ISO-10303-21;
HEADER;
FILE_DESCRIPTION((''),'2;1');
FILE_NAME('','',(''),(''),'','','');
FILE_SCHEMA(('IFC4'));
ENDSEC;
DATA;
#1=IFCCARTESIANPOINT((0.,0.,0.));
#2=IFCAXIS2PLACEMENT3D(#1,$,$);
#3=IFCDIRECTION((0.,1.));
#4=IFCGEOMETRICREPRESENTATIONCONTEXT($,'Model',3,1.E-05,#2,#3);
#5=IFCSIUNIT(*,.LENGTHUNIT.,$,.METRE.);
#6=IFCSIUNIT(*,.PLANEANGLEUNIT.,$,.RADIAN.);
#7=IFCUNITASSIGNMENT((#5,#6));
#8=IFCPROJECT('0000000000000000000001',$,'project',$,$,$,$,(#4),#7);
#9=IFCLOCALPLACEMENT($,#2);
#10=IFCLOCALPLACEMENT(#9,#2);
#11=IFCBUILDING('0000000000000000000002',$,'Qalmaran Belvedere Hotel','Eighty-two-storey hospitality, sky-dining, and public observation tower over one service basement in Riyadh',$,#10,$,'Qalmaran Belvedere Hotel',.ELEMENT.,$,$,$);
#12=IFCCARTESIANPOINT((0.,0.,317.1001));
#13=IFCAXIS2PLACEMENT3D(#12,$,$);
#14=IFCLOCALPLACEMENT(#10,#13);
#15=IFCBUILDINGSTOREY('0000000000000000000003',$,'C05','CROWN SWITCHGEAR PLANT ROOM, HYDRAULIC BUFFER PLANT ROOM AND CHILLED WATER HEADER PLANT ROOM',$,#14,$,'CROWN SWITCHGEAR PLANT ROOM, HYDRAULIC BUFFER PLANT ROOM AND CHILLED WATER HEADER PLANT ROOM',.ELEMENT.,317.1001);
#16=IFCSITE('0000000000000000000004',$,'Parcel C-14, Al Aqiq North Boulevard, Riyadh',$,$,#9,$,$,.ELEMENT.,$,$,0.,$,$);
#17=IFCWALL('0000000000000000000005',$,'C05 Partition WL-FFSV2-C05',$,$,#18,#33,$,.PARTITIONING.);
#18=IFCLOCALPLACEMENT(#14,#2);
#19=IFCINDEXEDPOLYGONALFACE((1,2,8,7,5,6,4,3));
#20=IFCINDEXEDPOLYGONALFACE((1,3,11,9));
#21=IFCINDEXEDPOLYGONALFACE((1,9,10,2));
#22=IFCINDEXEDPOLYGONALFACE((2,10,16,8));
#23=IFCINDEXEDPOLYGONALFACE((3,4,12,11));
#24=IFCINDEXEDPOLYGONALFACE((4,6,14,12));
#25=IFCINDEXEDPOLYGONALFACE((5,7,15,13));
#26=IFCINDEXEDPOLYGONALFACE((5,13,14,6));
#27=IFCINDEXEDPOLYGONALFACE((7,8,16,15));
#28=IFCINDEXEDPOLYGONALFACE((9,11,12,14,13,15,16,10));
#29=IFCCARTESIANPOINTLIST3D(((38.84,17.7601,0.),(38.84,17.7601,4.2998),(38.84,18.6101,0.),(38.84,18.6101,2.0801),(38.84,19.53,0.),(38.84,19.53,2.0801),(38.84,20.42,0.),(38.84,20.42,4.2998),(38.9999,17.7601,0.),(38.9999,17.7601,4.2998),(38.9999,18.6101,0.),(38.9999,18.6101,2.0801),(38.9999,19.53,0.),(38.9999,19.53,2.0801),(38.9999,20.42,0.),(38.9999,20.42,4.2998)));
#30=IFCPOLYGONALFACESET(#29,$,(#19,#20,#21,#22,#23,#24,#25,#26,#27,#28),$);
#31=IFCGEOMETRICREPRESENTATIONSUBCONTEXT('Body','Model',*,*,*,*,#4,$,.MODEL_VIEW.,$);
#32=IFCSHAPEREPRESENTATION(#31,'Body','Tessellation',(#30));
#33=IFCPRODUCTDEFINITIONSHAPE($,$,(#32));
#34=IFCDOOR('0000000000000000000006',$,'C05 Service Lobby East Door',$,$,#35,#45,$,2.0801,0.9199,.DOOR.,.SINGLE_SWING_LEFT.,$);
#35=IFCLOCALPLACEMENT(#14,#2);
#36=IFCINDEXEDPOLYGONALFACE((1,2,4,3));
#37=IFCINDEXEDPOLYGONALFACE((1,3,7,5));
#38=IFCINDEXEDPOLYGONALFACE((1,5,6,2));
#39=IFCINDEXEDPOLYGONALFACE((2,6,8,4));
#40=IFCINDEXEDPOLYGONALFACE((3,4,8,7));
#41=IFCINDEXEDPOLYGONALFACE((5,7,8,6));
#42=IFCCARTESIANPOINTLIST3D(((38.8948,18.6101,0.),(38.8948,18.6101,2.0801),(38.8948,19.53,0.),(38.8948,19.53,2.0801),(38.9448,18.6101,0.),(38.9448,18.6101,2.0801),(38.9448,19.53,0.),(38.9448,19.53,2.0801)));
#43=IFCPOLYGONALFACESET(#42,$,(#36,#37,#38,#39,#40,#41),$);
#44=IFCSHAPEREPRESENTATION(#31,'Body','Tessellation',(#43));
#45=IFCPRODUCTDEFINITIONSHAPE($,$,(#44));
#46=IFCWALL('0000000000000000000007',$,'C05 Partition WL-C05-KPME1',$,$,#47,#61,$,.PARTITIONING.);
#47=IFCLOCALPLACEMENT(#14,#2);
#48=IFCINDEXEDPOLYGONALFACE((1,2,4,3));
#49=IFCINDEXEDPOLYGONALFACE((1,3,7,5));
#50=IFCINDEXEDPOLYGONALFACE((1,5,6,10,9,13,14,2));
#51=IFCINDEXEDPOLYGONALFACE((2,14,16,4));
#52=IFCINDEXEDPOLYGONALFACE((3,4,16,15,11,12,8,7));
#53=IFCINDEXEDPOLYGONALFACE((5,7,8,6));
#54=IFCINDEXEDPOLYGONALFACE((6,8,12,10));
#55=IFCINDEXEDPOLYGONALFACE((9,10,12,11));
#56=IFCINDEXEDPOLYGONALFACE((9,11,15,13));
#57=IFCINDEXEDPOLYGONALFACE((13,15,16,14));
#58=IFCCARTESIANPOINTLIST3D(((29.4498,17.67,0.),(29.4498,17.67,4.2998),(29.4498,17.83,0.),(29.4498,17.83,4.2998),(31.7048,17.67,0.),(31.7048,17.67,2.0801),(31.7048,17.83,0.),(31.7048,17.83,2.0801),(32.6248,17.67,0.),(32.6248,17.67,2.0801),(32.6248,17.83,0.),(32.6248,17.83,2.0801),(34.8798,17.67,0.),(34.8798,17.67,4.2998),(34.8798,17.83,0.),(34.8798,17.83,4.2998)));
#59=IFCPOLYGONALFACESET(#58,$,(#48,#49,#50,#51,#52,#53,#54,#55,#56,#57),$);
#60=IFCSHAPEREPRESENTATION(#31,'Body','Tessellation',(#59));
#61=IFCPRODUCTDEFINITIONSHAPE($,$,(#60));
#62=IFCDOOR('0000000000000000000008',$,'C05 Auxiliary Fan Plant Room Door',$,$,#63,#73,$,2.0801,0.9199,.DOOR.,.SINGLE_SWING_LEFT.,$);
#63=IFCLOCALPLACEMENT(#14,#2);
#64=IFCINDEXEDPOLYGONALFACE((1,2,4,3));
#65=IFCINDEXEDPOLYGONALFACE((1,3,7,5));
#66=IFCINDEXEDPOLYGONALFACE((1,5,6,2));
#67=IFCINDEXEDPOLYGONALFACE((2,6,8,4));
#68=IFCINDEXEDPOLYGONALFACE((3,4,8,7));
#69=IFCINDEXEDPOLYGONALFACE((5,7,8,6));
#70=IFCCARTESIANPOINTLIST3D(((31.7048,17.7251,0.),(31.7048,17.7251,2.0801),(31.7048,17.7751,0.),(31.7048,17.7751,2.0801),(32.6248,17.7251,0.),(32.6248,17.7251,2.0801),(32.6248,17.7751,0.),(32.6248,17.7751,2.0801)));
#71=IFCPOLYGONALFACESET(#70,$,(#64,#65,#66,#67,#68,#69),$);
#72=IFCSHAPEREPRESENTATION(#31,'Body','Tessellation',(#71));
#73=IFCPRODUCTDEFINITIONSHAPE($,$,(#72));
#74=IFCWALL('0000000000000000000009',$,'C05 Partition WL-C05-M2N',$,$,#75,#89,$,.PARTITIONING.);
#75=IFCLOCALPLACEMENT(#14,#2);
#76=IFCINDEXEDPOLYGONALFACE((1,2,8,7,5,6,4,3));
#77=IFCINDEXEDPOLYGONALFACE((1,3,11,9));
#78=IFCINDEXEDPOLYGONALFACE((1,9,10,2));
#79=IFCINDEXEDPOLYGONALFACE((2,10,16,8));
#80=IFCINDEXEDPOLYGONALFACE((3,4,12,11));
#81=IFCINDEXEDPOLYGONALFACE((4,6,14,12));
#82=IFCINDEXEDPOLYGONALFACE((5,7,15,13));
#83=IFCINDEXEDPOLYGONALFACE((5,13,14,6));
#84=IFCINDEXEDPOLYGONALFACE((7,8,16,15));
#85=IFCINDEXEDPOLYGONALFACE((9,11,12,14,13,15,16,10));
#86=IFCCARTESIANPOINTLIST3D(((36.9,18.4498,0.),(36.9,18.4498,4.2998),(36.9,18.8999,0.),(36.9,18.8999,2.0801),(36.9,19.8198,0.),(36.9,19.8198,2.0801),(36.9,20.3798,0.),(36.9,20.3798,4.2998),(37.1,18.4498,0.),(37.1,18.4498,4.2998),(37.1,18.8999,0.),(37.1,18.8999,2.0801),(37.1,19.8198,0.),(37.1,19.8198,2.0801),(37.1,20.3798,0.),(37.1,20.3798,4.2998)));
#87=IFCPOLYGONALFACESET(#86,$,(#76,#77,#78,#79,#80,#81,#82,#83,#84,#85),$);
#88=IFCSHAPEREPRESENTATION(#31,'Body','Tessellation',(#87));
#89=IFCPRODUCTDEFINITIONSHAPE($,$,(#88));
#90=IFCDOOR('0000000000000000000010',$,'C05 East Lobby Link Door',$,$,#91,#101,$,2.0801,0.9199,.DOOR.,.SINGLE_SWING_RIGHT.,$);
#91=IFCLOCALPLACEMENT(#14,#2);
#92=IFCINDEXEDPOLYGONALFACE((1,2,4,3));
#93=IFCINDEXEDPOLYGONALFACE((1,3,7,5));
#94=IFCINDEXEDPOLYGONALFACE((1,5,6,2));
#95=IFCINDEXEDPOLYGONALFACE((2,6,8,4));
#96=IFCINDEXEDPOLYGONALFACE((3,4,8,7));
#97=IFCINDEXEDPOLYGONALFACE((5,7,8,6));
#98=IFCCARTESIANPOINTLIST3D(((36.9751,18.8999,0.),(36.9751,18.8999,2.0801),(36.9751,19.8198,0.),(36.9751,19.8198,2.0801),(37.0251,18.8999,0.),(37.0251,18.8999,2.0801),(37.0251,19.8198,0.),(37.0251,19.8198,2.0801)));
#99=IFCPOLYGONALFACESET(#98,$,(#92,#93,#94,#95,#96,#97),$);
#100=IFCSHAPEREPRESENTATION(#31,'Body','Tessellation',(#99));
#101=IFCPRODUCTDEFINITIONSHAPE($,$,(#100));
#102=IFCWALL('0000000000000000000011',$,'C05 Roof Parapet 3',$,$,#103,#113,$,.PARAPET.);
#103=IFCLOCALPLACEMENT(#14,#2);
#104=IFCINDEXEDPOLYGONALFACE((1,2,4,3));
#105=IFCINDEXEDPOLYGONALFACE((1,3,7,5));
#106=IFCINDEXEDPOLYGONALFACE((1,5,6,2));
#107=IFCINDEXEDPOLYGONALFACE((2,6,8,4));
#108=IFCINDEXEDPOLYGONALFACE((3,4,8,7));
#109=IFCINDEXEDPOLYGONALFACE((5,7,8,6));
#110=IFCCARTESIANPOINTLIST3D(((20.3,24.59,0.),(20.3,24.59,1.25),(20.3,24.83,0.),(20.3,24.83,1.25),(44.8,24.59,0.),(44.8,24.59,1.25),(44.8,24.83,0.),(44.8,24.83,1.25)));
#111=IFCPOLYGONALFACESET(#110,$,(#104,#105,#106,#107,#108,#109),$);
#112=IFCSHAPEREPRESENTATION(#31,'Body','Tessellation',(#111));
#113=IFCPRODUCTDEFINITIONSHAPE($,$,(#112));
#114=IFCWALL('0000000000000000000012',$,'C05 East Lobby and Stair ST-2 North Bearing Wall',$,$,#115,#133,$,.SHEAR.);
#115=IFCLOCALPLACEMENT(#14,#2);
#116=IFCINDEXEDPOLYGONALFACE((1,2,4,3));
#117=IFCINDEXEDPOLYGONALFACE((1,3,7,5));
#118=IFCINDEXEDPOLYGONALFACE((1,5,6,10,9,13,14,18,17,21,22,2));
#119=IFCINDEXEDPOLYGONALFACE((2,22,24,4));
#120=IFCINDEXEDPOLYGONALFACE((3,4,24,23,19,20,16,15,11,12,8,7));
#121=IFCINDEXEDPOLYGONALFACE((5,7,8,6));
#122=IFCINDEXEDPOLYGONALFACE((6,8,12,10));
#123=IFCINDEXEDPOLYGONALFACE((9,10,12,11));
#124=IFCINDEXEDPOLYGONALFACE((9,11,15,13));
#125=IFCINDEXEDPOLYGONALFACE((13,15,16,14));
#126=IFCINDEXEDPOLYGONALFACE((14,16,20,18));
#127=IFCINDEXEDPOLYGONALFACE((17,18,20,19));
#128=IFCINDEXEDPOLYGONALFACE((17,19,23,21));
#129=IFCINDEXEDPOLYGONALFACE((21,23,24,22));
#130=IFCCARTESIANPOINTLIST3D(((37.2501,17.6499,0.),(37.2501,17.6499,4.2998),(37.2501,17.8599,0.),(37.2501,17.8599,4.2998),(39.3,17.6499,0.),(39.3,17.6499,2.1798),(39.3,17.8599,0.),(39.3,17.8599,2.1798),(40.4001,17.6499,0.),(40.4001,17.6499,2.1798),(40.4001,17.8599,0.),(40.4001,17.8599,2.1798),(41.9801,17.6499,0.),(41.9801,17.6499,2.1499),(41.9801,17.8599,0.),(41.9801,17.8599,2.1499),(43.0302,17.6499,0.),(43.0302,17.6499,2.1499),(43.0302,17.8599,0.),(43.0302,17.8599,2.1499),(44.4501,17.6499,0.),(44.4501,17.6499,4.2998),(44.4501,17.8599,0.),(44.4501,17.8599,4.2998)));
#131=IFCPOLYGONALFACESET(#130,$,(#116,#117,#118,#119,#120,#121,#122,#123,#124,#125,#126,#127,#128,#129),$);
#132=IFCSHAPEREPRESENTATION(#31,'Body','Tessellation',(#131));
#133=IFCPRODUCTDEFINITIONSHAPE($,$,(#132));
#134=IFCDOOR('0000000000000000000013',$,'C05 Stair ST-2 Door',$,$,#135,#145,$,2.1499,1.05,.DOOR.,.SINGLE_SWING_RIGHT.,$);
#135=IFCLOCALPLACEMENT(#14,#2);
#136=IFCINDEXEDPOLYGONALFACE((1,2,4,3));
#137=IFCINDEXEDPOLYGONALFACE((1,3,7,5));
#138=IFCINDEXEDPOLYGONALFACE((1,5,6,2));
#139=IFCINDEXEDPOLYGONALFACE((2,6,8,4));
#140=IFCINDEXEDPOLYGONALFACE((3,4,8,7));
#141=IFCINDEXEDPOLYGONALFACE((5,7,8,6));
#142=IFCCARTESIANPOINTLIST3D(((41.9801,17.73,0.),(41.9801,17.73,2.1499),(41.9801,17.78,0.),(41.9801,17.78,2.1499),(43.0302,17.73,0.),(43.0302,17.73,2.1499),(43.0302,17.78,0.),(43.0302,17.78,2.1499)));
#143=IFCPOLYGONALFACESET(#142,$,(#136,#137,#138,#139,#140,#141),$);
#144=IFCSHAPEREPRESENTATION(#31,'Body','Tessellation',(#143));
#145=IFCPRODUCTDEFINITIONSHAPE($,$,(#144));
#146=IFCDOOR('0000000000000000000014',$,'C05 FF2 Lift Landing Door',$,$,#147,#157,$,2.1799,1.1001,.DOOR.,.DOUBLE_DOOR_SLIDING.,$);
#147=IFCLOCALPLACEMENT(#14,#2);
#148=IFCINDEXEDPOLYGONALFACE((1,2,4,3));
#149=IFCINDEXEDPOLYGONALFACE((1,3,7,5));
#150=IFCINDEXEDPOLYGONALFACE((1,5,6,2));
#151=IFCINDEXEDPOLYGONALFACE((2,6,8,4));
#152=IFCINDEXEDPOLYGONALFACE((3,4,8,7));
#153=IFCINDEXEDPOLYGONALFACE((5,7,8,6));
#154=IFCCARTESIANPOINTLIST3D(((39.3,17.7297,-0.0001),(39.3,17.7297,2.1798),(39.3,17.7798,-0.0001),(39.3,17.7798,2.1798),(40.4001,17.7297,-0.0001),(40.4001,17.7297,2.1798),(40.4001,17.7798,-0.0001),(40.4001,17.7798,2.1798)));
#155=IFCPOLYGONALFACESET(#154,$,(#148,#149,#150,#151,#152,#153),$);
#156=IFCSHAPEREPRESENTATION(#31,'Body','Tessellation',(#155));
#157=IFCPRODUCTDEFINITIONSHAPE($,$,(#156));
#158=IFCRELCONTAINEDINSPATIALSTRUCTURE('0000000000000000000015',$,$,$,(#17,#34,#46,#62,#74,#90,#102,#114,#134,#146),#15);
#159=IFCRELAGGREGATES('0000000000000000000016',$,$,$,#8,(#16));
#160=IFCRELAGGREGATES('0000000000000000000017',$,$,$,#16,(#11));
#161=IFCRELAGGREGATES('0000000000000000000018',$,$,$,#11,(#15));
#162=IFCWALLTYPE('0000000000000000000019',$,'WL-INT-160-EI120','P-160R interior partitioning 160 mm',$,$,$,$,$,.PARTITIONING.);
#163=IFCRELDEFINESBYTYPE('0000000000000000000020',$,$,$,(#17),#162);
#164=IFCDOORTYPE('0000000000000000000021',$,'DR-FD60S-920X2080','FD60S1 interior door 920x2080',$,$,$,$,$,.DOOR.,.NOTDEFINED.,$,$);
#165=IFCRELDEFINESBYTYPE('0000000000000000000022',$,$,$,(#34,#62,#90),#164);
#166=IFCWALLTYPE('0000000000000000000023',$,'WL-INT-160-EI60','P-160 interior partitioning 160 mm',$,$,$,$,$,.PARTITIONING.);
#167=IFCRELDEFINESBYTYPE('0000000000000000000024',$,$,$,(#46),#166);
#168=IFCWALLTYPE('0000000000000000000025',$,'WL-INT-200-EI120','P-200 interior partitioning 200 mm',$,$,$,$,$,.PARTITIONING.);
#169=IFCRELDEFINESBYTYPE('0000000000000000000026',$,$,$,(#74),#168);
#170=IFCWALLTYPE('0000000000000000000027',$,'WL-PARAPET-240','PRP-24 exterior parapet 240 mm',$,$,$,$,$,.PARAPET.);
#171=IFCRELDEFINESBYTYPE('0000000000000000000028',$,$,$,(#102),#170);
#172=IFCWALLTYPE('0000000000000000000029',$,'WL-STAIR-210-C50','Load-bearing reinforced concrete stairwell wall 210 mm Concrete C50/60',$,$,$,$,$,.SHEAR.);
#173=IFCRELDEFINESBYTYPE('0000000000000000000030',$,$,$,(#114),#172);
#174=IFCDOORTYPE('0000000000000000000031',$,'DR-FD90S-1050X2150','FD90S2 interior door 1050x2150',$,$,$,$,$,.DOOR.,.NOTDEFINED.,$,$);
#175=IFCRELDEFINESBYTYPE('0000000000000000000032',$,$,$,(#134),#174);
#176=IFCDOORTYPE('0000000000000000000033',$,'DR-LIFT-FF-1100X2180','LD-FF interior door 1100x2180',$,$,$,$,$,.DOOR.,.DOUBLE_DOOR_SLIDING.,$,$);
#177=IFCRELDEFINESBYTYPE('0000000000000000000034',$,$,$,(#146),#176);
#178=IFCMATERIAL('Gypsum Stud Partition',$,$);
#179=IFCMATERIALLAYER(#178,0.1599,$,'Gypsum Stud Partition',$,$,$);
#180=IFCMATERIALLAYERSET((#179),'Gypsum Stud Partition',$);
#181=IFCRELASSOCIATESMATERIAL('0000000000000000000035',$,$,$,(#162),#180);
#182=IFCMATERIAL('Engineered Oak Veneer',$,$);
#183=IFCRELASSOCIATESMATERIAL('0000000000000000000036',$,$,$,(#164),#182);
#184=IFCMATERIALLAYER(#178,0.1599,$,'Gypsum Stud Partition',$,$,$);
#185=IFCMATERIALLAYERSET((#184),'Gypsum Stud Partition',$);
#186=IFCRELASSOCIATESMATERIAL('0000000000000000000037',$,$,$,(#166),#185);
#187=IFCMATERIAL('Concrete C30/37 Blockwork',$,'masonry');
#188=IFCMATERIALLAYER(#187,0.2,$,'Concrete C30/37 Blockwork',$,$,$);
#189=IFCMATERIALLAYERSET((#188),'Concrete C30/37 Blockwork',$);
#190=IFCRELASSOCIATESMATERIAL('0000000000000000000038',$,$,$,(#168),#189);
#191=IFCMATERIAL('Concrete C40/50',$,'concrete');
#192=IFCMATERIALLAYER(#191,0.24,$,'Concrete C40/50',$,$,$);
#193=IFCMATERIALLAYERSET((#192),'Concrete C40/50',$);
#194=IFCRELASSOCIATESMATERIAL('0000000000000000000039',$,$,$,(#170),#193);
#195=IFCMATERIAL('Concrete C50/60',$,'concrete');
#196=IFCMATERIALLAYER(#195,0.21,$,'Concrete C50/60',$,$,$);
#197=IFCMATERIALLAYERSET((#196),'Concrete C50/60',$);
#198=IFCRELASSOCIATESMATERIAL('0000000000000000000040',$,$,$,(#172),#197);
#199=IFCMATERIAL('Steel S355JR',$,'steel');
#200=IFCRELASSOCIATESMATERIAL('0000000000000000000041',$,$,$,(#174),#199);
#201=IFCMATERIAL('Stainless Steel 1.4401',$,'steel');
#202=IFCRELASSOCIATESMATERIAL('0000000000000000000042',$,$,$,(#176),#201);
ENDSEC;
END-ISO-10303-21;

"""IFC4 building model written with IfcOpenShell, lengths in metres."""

from ifc_helpers import new_model, si_unit, direction, frame, frame_2d, origin, place, context, subcontext, project, spatial, rectangle, extrude, material, layer, layer_set, type_object, element, fill, save


model = new_model("IFC4")

# Units and contexts
model_context = context("Model", 3, precision=1e-05, world=origin(), true_north=direction((0.0, 1.0)))
body_context = subcontext(model_context, "Body", "Model", "MODEL_VIEW")
ifc_project = project(units=[si_unit("LENGTHUNIT", "METRE"), si_unit("PLANEANGLEUNIT", "RADIAN")], contexts=[model_context])

# Site, building, storey
site_placement = place(None, origin())
site = spatial("IfcSite", under=ifc_project, at=site_placement, Name="Parcel C-14, Al Aqiq North Boulevard, Riyadh", CompositionType="ELEMENT", RefElevation=0.0)
building_placement = place(site_placement, origin())
building = spatial("IfcBuilding", under=site, at=building_placement, Name="Qalmaran Belvedere Hotel", Description="Eighty-two-storey hospitality, sky-dining, and public observation tower over one service basement in Riyadh", LongName="Qalmaran Belvedere Hotel", CompositionType="ELEMENT")
storey_placement = place(building_placement, frame((0.0, 0.0, 317.1001)))
storey = spatial("IfcBuildingStorey", under=building, at=storey_placement, Name="C05", Description="CROWN SWITCHGEAR PLANT ROOM, HYDRAULIC BUFFER PLANT ROOM AND CHILLED WATER HEADER PLANT ROOM", LongName="CROWN SWITCHGEAR PLANT ROOM, HYDRAULIC BUFFER PLANT ROOM AND CHILLED WATER HEADER PLANT ROOM", CompositionType="ELEMENT", Elevation=317.1001)

# Walls, openings, doors
ifc_material_1 = material(Name="Gypsum Stud Partition")
ifc_layer_1 = layer(ifc_material_1, 0.1599, Name="Gypsum Stud Partition")
ifc_layer_set_1 = layer_set([ifc_layer_1], Name="Gypsum Stud Partition")
wall_type_1 = type_object("IfcWallType", Name="WL-INT-160-EI120", Description="P-160R interior partitioning 160 mm", PredefinedType="PARTITIONING", material=ifc_layer_set_1)
wall_1_placement = place(storey_placement, frame((38.9199, 17.76, 0.0), z_axis=(0.0, 0.0, 1.0), x_axis=(0.0, 1.0, 0.0)))
wall_1 = element("IfcWall", 1, at=wall_1_placement, inside=storey, type_object=wall_type_1, Name="C05 Partition WL-FFSV2-C05", PredefinedType="PARTITIONING", context=body_context, shape_type="SweptSolid", body=[
    extrude(rectangle(XDim=2.6599, YDim=0.1599, at=frame_2d((1.3301, 0.0))), origin(), (0.0, 0.0, 1.0), 4.2998),
])
opening_1_placement = place(wall_1_placement, frame((1.77, 0.0, 0.0), z_axis=(0.0, 0.0, 1.0), x_axis=(-1.0, 0.0, 0.0)))
opening_1 = element("IfcOpeningElement", 2, at=opening_1_placement, cuts=wall_1, PredefinedType="OPENING", context=body_context, shape_type="SweptSolid", body=[
    extrude(rectangle(XDim=0.9199, YDim=2.0801, at=frame_2d((0.46, 1.04))), frame((0.0, 0.0898, 0.0), z_axis=(0.0, -1.0, 0.0), x_axis=(1.0, 0.0, 0.0)), (0.0, 0.0, 1.0), 0.1799),
])
ifc_material_2 = material(Name="Engineered Oak Veneer")
door_type_1 = type_object("IfcDoorType", Name="DR-FD60S-920X2080", Description="FD60S1 interior door 920x2080", OperationType="NOTDEFINED", PredefinedType="DOOR", material=ifc_material_2)
door_1_placement = place(opening_1_placement, origin())
door_1 = element("IfcDoor", 3, at=door_1_placement, inside=storey, type_object=door_type_1, Name="C05 Service Lobby East Door", OperationType="SINGLE_SWING_LEFT", OverallHeight=2.0801, OverallWidth=0.9199, PredefinedType="DOOR", context=body_context, shape_type="SweptSolid", body=[
    extrude(rectangle(XDim=0.9199, YDim=2.0801, at=frame_2d((0.46, 1.04))), frame((0.0, 0.0249, 0.0), z_axis=(0.0, -1.0, 0.0), x_axis=(1.0, 0.0, 0.0)), (0.0, 0.0, 1.0), 0.05),
])
fill(opening_1, door_1)
ifc_layer_2 = layer(ifc_material_1, 0.1599, Name="Gypsum Stud Partition")
ifc_layer_set_2 = layer_set([ifc_layer_2], Name="Gypsum Stud Partition")
wall_type_2 = type_object("IfcWallType", Name="WL-INT-160-EI60", Description="P-160 interior partitioning 160 mm", PredefinedType="PARTITIONING", material=ifc_layer_set_2)
wall_2_placement = place(storey_placement, frame((29.45, 17.75, 0.0), z_axis=(0.0, 0.0, 1.0), x_axis=(1.0, 0.0, 0.0)))
wall_2 = element("IfcWall", 4, at=wall_2_placement, inside=storey, type_object=wall_type_2, Name="C05 Partition WL-C05-KPME1", PredefinedType="PARTITIONING", context=body_context, shape_type="SweptSolid", body=[
    extrude(rectangle(XDim=5.4299, YDim=0.1599, at=frame_2d((2.7148, 0.0))), origin(), (0.0, 0.0, 1.0), 4.2998),
])
opening_2_placement = place(wall_2_placement, frame((3.1748, 0.0, 0.0), z_axis=(0.0, 0.0, 1.0), x_axis=(-1.0, 0.0, 0.0)))
opening_2 = element("IfcOpeningElement", 5, at=opening_2_placement, cuts=wall_2, PredefinedType="OPENING", context=body_context, shape_type="SweptSolid", body=[
    extrude(rectangle(XDim=0.9199, YDim=2.0801, at=frame_2d((0.46, 1.04))), frame((0.0, 0.0898, 0.0), z_axis=(0.0, -1.0, 0.0), x_axis=(1.0, 0.0, 0.0)), (0.0, 0.0, 1.0), 0.1799),
])
door_2_placement = place(opening_2_placement, origin())
door_2 = element("IfcDoor", 6, at=door_2_placement, inside=storey, type_object=door_type_1, Name="C05 Auxiliary Fan Plant Room Door", OperationType="SINGLE_SWING_LEFT", OverallHeight=2.0801, OverallWidth=0.9199, PredefinedType="DOOR", context=body_context, shape_type="SweptSolid", body=[
    extrude(rectangle(XDim=0.9199, YDim=2.0801, at=frame_2d((0.46, 1.04))), frame((0.0, 0.0249, 0.0), z_axis=(0.0, -1.0, 0.0), x_axis=(1.0, 0.0, 0.0)), (0.0, 0.0, 1.0), 0.05),
])
fill(opening_2, door_2)
ifc_material_3 = material(Name="Concrete C30/37 Blockwork", Category="masonry")
ifc_layer_3 = layer(ifc_material_3, 0.2, Name="Concrete C30/37 Blockwork")
ifc_layer_set_3 = layer_set([ifc_layer_3], Name="Concrete C30/37 Blockwork")
wall_type_3 = type_object("IfcWallType", Name="WL-INT-200-EI120", Description="P-200 interior partitioning 200 mm", PredefinedType="PARTITIONING", material=ifc_layer_set_3)
wall_3_placement = place(storey_placement, frame((37.0, 18.45, 0.0), z_axis=(0.0, 0.0, 1.0), x_axis=(0.0, 1.0, 0.0)))
wall_3 = element("IfcWall", 7, at=wall_3_placement, inside=storey, type_object=wall_type_3, Name="C05 Partition WL-C05-M2N", PredefinedType="PARTITIONING", context=body_context, shape_type="SweptSolid", body=[
    extrude(rectangle(XDim=1.9299, YDim=0.2, at=frame_2d((0.9648, 0.0))), origin(), (0.0, 0.0, 1.0), 4.2998),
])
opening_3_placement = place(wall_3_placement, frame((0.45, 0.0, 0.0)))
opening_3 = element("IfcOpeningElement", 8, at=opening_3_placement, cuts=wall_3, PredefinedType="OPENING", context=body_context, shape_type="SweptSolid", body=[
    extrude(rectangle(XDim=0.9199, YDim=2.0801, at=frame_2d((0.46, 1.04))), frame((0.0, 0.1099, 0.0), z_axis=(0.0, -1.0, 0.0), x_axis=(1.0, 0.0, 0.0)), (0.0, 0.0, 1.0), 0.22),
])
door_3_placement = place(opening_3_placement, origin())
door_3 = element("IfcDoor", 9, at=door_3_placement, inside=storey, type_object=door_type_1, Name="C05 East Lobby Link Door", OperationType="SINGLE_SWING_RIGHT", OverallHeight=2.0801, OverallWidth=0.9199, PredefinedType="DOOR", context=body_context, shape_type="SweptSolid", body=[
    extrude(rectangle(XDim=0.9199, YDim=2.0801, at=frame_2d((0.46, 1.04))), frame((0.0, 0.0249, 0.0), z_axis=(0.0, -1.0, 0.0), x_axis=(1.0, 0.0, 0.0)), (0.0, 0.0, 1.0), 0.05),
])
fill(opening_3, door_3)

# Wall
ifc_material_4 = material(Name="Concrete C40/50", Category="concrete")
ifc_layer_4 = layer(ifc_material_4, 0.24, Name="Concrete C40/50")
ifc_layer_set_4 = layer_set([ifc_layer_4], Name="Concrete C40/50")
wall_type_4 = type_object("IfcWallType", Name="WL-PARAPET-240", Description="PRP-24 exterior parapet 240 mm", PredefinedType="PARAPET", material=ifc_layer_set_4)
wall_4_placement = place(storey_placement, frame((44.8, 24.71, 0.0), z_axis=(0.0, 0.0, 1.0), x_axis=(-1.0, 0.0, 0.0)))
element("IfcWall", 10, at=wall_4_placement, inside=storey, type_object=wall_type_4, Name="C05 Roof Parapet 3", PredefinedType="PARAPET", context=body_context, shape_type="SweptSolid", body=[
    extrude(rectangle(XDim=24.5, YDim=0.24, at=frame_2d((12.25, 0.0))), origin(), (0.0, 0.0, 1.0), 1.25),
])

# Wall, openings, doors
ifc_material_5 = material(Name="Concrete C50/60", Category="concrete")
ifc_layer_5 = layer(ifc_material_5, 0.21, Name="Concrete C50/60")
ifc_layer_set_5 = layer_set([ifc_layer_5], Name="Concrete C50/60")
wall_type_5 = type_object("IfcWallType", Name="WL-STAIR-210-C50", Description="Load-bearing reinforced concrete stairwell wall 210 mm Concrete C50/60", PredefinedType="SHEAR", material=ifc_layer_set_5)
wall_5_placement = place(storey_placement, frame((37.25, 17.7549, 0.0), z_axis=(0.0, 0.0, 1.0), x_axis=(1.0, 0.0, 0.0)))
wall_5 = element("IfcWall", 11, at=wall_5_placement, inside=storey, type_object=wall_type_5, Name="C05 East Lobby and Stair ST-2 North Bearing Wall", PredefinedType="SHEAR", context=body_context, shape_type="SweptSolid", body=[
    extrude(rectangle(XDim=7.2, YDim=0.21, at=frame_2d((3.6001, 0.0))), origin(), (0.0, 0.0, 1.0), 4.2998),
])
opening_4_placement = place(wall_5_placement, frame((2.05, 0.0, 0.0)))
opening_4 = element("IfcOpeningElement", 12, at=opening_4_placement, cuts=wall_5, PredefinedType="OPENING", context=body_context, shape_type="SweptSolid", body=[
    extrude(rectangle(XDim=1.1001, YDim=2.1799, at=frame_2d((0.55, 1.0898))), frame((0.0, 0.115, 0.0), z_axis=(0.0, -1.0, 0.0), x_axis=(1.0, 0.0, 0.0)), (0.0, 0.0, 1.0), 0.23),
])
opening_5_placement = place(wall_5_placement, frame((5.78, 0.0, 0.0), z_axis=(0.0, 0.0, 1.0), x_axis=(-1.0, 0.0, 0.0)))
opening_5 = element("IfcOpeningElement", 13, at=opening_5_placement, cuts=wall_5, PredefinedType="OPENING", context=body_context, shape_type="SweptSolid", body=[
    extrude(rectangle(XDim=1.05, YDim=2.1499, at=frame_2d((0.5249, 1.075))), frame((0.0, 0.115, 0.0), z_axis=(0.0, -1.0, 0.0), x_axis=(1.0, 0.0, 0.0)), (0.0, 0.0, 1.0), 0.23),
])
ifc_material_6 = material(Name="Steel S355JR", Category="steel")
door_type_2 = type_object("IfcDoorType", Name="DR-FD90S-1050X2150", Description="FD90S2 interior door 1050x2150", OperationType="NOTDEFINED", PredefinedType="DOOR", material=ifc_material_6)
door_4_placement = place(opening_5_placement, origin())
door_4 = element("IfcDoor", 14, at=door_4_placement, inside=storey, type_object=door_type_2, Name="C05 Stair ST-2 Door", OperationType="SINGLE_SWING_RIGHT", OverallHeight=2.1499, OverallWidth=1.05, PredefinedType="DOOR", context=body_context, shape_type="SweptSolid", body=[
    extrude(rectangle(XDim=1.05, YDim=2.1499, at=frame_2d((0.5249, 1.075))), frame((0.0, 0.0249, 0.0), z_axis=(0.0, -1.0, 0.0), x_axis=(1.0, 0.0, 0.0)), (0.0, 0.0, 1.0), 0.05),
])
fill(opening_5, door_4)
ifc_material_7 = material(Name="Stainless Steel 1.4401", Category="steel")
door_type_3 = type_object("IfcDoorType", Name="DR-LIFT-FF-1100X2180", Description="LD-FF interior door 1100x2180", OperationType="DOUBLE_DOOR_SLIDING", PredefinedType="DOOR", material=ifc_material_7)
door_5_placement = place(opening_4_placement, origin())
door_5 = element("IfcDoor", 15, at=door_5_placement, inside=storey, type_object=door_type_3, Name="C05 FF2 Lift Landing Door", OperationType="DOUBLE_DOOR_SLIDING", OverallHeight=2.1799, OverallWidth=1.1001, PredefinedType="DOOR", context=body_context, shape_type="SweptSolid", body=[
    extrude(rectangle(XDim=1.1001, YDim=2.1799, at=frame_2d((0.55, 1.0898))), frame((0.0, 0.0249, 0.0), z_axis=(0.0, -1.0, 0.0), x_axis=(1.0, 0.0, 0.0)), (0.0, 0.0, 1.0), 0.05),
])
fill(opening_4, door_5)

save(model, "model.ifc")
